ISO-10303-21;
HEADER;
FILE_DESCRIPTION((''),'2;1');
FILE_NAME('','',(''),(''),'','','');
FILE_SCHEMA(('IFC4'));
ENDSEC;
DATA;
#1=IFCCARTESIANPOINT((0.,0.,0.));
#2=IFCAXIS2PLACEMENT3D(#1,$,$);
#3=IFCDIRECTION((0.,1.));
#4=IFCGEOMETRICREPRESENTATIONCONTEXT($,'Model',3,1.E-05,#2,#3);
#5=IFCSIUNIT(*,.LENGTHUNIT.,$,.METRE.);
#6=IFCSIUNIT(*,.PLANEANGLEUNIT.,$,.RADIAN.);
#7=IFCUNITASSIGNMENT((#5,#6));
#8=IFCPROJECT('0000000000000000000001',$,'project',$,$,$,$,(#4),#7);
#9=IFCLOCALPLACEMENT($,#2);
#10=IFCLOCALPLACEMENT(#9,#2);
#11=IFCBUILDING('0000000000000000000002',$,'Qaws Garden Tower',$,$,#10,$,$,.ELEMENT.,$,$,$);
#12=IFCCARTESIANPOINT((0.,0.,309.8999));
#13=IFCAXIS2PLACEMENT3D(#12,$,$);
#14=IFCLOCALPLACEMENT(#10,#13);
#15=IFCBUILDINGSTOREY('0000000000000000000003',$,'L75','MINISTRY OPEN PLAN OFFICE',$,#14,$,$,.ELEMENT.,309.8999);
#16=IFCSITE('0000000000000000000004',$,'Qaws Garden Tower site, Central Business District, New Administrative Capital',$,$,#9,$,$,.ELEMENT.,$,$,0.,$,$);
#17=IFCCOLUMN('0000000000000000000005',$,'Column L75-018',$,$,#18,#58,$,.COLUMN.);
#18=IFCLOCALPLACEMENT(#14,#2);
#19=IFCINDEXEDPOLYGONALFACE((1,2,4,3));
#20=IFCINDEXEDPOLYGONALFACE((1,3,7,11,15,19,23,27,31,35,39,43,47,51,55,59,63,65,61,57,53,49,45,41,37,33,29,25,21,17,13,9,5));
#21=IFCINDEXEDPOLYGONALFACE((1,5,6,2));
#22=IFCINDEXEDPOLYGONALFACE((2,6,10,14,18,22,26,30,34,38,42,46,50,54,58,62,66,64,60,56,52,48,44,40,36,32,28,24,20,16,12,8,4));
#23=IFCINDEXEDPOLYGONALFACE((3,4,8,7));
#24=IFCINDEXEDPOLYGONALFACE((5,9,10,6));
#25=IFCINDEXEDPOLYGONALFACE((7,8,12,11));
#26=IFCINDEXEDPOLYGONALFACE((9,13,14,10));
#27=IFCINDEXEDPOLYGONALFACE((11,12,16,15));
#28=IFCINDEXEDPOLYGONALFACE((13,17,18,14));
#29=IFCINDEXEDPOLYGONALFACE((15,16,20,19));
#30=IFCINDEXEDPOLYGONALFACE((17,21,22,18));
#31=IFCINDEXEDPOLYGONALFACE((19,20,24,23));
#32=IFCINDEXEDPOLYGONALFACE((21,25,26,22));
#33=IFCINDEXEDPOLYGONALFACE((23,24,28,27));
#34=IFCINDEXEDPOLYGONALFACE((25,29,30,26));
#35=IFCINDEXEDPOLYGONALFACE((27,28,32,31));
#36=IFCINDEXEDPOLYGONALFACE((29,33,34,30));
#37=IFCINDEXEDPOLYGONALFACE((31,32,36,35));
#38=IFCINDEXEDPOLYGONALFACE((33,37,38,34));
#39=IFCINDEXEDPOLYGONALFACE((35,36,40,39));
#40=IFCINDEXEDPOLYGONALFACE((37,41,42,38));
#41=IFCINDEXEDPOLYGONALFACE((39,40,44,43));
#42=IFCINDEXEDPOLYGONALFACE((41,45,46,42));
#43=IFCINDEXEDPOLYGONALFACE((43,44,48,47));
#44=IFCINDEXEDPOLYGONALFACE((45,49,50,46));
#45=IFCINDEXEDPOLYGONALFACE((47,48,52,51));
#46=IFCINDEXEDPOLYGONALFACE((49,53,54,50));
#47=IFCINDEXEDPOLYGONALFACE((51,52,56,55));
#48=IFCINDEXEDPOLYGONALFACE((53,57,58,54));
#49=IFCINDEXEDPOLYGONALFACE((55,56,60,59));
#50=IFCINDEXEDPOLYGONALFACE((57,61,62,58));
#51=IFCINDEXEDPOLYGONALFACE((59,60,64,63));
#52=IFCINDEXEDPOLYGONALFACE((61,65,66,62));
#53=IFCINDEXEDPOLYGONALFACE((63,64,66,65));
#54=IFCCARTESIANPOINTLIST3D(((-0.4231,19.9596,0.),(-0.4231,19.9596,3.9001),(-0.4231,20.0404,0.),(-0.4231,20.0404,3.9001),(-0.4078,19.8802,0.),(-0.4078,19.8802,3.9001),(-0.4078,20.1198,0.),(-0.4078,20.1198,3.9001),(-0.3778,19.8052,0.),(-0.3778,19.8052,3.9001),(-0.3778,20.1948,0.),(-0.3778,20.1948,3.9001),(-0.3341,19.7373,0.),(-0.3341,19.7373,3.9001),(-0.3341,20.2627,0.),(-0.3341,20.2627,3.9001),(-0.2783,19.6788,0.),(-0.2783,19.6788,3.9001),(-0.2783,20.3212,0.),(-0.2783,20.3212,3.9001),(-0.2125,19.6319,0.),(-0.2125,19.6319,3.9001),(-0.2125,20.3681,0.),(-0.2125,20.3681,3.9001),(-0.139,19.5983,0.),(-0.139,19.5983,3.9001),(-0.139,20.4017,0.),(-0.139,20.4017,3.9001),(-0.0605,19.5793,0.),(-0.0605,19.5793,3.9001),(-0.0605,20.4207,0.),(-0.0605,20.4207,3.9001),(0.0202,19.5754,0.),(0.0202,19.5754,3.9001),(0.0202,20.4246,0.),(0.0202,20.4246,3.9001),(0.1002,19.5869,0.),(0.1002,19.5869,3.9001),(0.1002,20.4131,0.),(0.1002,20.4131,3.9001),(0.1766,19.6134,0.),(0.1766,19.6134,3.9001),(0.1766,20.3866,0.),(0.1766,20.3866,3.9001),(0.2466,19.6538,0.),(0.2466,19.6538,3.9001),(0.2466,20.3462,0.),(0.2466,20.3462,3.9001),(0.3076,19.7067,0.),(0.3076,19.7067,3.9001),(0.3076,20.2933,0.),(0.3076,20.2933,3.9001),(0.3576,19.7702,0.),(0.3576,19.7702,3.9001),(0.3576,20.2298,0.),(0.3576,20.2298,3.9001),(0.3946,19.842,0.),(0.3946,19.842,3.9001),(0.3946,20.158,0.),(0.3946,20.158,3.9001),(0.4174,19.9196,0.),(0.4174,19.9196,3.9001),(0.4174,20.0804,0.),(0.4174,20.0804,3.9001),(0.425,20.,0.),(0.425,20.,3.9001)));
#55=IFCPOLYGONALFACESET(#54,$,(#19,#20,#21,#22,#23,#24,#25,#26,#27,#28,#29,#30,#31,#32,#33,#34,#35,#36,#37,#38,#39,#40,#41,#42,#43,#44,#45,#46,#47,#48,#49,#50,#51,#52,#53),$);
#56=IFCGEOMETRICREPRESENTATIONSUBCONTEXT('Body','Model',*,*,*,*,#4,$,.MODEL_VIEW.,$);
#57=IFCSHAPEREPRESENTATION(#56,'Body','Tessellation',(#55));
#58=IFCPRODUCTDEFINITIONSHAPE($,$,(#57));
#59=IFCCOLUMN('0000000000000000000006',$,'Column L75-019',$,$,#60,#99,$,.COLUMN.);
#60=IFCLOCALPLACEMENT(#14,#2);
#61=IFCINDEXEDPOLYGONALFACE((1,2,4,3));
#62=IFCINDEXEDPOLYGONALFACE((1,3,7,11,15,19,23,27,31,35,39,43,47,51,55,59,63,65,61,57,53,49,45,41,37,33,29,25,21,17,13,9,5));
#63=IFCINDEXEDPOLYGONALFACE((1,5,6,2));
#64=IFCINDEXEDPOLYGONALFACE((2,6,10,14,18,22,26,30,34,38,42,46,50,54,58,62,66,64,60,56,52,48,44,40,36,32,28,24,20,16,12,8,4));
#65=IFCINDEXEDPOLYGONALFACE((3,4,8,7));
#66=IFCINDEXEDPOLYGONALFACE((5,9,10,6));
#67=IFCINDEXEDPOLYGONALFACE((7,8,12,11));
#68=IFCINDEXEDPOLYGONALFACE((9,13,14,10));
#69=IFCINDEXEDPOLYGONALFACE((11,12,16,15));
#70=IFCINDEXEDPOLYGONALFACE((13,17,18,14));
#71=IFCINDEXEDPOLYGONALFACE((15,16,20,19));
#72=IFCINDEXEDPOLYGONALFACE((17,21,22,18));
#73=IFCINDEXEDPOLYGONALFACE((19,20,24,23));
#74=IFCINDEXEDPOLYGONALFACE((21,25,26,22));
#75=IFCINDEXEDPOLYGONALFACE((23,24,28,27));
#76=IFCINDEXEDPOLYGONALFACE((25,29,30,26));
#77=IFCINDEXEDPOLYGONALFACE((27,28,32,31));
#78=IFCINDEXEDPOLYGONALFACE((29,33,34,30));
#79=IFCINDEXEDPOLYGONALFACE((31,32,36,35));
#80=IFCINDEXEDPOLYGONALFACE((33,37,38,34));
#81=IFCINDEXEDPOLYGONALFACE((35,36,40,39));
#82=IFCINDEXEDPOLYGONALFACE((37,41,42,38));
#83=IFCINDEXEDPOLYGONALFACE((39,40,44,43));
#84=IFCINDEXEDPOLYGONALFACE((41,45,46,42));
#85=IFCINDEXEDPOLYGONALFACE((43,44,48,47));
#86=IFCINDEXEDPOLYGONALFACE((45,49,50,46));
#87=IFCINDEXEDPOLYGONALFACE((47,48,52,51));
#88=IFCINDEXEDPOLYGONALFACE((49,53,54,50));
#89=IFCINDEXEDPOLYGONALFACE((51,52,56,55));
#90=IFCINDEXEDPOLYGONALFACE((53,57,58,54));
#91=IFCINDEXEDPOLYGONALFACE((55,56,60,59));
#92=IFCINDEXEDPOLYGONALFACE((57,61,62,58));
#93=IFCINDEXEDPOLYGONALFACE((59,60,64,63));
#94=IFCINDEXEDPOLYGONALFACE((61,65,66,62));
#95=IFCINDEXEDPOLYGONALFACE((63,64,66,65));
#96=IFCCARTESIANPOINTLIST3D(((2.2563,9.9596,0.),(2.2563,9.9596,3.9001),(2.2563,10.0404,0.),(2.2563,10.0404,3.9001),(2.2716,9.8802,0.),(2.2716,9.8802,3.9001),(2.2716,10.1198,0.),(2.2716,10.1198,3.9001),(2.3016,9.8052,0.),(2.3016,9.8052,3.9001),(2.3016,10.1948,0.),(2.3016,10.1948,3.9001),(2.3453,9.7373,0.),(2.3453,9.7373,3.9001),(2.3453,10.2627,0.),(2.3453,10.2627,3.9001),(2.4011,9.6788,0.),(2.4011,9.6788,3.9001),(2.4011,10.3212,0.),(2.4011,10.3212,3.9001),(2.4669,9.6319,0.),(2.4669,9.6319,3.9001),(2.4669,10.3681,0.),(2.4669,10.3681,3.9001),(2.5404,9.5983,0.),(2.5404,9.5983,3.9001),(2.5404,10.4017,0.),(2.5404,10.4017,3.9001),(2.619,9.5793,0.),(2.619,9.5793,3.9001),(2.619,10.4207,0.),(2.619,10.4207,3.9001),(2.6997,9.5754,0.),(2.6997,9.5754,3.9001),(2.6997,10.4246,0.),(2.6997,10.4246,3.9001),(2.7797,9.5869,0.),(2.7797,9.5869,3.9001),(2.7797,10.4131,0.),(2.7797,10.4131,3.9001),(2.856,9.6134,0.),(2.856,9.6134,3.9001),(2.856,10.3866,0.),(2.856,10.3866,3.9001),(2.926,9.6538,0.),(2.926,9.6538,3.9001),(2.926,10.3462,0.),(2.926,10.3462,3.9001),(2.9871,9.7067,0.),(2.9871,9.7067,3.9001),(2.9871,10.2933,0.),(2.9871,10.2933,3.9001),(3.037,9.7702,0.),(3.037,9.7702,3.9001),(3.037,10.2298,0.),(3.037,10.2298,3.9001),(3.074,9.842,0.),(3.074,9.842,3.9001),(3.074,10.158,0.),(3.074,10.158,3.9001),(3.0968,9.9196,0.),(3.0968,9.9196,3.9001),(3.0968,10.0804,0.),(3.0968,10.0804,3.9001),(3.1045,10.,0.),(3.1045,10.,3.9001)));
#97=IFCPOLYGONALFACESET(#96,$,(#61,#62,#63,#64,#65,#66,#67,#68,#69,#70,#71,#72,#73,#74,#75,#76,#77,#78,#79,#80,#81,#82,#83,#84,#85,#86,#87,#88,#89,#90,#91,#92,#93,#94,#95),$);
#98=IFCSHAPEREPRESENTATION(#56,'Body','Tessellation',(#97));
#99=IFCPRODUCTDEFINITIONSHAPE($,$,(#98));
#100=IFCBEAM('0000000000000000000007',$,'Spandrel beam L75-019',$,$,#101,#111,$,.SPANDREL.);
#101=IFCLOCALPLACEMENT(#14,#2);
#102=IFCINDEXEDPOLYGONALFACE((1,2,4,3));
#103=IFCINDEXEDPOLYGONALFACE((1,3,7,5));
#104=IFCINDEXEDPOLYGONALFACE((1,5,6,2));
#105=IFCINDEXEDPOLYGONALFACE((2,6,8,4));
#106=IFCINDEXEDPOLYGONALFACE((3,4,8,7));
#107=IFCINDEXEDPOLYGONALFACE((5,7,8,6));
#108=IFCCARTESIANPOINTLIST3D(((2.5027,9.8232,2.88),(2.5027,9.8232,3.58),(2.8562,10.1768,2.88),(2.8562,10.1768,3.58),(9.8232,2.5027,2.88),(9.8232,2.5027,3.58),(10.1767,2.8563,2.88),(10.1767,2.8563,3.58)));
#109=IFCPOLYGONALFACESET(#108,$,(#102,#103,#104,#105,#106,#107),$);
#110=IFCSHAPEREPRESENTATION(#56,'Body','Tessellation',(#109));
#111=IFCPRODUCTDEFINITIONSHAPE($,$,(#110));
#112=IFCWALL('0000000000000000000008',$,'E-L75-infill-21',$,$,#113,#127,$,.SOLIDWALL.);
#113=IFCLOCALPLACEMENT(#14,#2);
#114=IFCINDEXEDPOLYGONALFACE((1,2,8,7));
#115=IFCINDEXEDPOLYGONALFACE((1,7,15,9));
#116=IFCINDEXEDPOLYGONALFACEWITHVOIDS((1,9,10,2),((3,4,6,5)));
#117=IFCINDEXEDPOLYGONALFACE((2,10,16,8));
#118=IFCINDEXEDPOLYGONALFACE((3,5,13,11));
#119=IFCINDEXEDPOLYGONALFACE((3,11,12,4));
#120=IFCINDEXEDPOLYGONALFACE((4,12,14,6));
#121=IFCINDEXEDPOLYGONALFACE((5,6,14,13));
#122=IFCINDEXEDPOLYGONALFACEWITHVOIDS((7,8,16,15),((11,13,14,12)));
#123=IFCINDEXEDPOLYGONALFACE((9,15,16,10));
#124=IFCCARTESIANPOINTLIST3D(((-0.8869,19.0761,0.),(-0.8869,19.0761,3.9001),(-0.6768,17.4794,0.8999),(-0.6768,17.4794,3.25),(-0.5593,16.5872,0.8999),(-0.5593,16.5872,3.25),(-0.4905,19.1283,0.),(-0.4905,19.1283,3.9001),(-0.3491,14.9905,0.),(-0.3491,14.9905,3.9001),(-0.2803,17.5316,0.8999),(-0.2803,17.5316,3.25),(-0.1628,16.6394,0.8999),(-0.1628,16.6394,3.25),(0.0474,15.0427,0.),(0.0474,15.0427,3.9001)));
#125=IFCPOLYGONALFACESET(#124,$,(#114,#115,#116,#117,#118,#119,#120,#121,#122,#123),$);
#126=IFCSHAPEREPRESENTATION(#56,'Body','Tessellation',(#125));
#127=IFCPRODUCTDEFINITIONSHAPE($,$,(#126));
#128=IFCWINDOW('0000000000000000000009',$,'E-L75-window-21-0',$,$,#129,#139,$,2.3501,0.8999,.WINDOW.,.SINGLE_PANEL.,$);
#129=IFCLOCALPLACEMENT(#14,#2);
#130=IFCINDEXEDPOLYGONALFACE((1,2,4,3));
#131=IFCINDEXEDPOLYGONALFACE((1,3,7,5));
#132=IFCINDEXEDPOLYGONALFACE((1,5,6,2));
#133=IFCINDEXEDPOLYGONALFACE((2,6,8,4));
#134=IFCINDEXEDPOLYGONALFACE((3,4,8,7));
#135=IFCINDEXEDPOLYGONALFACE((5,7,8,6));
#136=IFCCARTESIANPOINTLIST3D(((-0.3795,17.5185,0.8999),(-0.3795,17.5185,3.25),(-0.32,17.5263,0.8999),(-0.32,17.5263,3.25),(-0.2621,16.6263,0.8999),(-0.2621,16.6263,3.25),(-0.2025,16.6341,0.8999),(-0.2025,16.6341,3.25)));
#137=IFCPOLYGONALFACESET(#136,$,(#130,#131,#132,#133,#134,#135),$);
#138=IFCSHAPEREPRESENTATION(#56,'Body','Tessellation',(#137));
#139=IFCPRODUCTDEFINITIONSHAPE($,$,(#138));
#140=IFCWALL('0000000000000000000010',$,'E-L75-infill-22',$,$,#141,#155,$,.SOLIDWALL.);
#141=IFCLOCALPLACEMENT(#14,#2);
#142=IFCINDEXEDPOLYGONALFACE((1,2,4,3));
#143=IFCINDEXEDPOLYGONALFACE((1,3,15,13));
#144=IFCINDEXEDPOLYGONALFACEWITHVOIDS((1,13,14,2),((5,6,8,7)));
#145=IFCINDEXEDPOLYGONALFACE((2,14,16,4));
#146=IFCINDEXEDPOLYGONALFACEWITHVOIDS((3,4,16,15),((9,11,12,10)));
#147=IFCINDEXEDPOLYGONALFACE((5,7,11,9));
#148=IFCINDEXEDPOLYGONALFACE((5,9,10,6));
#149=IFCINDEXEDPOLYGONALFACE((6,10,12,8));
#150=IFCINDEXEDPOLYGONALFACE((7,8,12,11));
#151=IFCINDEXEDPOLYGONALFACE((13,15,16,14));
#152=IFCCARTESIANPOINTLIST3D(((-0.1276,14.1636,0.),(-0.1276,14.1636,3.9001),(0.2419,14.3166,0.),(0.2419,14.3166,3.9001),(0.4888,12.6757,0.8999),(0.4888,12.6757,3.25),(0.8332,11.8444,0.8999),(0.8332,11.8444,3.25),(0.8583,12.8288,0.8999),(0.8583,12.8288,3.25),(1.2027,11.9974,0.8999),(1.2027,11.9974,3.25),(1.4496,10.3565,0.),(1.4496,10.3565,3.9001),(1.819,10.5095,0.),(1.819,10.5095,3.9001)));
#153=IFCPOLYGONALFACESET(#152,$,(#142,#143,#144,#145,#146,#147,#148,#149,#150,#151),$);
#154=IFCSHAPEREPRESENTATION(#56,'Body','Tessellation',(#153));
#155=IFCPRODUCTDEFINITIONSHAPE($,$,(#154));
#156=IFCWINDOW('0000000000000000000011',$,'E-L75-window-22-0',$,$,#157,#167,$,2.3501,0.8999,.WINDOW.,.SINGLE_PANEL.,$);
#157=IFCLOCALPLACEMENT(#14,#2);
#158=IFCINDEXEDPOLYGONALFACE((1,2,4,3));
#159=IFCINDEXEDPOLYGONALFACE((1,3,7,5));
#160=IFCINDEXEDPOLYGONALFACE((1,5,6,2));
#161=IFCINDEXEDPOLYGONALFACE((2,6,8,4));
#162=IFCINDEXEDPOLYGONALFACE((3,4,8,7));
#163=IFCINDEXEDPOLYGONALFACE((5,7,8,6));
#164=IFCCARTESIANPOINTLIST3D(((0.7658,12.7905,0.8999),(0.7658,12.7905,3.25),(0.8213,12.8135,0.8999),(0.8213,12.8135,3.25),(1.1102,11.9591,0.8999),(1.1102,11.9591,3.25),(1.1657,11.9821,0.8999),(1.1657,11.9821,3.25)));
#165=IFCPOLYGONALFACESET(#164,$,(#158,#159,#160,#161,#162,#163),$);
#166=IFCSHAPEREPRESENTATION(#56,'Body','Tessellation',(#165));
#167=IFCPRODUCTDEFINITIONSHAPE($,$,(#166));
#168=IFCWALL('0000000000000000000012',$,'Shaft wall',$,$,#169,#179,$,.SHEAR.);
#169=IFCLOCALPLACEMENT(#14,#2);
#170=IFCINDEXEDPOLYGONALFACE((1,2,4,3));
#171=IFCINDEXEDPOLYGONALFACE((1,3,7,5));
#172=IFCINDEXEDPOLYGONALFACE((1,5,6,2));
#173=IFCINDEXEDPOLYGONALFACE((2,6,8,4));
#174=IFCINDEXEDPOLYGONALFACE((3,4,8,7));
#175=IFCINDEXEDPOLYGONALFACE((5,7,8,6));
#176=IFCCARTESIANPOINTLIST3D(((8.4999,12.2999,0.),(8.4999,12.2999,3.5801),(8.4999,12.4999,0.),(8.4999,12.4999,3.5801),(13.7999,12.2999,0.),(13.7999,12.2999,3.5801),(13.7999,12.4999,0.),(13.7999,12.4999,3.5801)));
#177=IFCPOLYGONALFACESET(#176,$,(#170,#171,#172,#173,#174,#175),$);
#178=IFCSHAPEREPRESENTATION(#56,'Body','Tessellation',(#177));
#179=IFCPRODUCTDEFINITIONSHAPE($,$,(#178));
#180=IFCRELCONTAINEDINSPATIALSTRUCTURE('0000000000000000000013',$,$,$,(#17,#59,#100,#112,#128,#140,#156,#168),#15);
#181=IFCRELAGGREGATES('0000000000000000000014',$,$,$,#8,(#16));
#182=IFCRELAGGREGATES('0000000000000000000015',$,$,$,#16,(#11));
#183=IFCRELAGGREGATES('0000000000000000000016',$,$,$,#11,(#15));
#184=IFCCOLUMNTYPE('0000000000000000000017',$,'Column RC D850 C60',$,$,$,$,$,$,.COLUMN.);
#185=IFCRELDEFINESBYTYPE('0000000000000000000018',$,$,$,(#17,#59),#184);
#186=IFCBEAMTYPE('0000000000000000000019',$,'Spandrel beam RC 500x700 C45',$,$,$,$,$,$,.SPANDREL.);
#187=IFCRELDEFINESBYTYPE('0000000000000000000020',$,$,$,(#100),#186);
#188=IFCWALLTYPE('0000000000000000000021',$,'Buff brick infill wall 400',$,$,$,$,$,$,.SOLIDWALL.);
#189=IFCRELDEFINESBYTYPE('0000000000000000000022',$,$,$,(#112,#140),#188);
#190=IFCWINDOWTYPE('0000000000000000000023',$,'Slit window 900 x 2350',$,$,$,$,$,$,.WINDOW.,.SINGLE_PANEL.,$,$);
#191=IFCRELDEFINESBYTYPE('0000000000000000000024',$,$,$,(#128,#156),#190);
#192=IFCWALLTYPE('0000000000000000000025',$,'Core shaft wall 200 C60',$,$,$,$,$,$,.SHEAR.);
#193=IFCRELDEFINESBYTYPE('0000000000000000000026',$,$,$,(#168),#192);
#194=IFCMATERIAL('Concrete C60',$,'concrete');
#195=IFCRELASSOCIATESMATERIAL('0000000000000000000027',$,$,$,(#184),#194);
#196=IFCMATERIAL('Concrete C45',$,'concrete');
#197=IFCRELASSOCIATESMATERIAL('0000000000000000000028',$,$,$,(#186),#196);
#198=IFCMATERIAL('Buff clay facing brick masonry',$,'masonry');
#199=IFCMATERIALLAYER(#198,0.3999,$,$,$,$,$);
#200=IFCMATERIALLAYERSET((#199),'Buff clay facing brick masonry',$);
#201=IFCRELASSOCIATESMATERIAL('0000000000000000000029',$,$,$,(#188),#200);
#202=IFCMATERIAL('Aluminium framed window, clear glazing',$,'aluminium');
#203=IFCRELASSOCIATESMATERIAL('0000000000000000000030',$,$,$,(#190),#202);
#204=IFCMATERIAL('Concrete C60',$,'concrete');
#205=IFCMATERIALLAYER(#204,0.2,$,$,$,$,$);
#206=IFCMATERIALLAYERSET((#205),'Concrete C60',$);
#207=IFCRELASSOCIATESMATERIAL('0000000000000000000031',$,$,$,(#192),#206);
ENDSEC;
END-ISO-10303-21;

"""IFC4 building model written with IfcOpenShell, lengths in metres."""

from ifc_helpers import new_model, si_unit, direction, frame, frame_2d, origin, origin_2d, place, context, subcontext, project, spatial, rectangle, circle, extrude, material, layer, layer_set, material_profile, profile_set, type_object, element, fill, save


model = new_model("IFC4")

# Units and contexts
model_context = context("Model", 3, precision=1e-05, world=origin(), true_north=direction((0.0, 1.0)))
body_context = subcontext(model_context, "Body", "Model", "MODEL_VIEW")
ifc_project = project(units=[si_unit("LENGTHUNIT", "METRE"), si_unit("PLANEANGLEUNIT", "RADIAN")], contexts=[model_context])

# Site, building, storey
site_placement = place(None, origin())
site = spatial("IfcSite", under=ifc_project, at=site_placement, Name="Qaws Garden Tower site, Central Business District, New Administrative Capital", CompositionType="ELEMENT", RefElevation=0.0)
building_placement = place(site_placement, origin())
building = spatial("IfcBuilding", under=site, at=building_placement, Name="Qaws Garden Tower", CompositionType="ELEMENT")
storey_placement = place(building_placement, frame((0.0, 0.0, 309.8999)))
storey = spatial("IfcBuildingStorey", under=building, at=storey_placement, Name="L75", Description="MINISTRY OPEN PLAN OFFICE", CompositionType="ELEMENT", Elevation=309.8999)

# Columns
ifc_material_1 = material(Name="Concrete C60", Category="concrete")
ifc_material_profile_1 = material_profile(ifc_material_1, circle(Radius=0.425, at=origin_2d()), Name="RC D850")
ifc_profile_set_1 = profile_set([ifc_material_profile_1], Name="Concrete C60")
column_type = type_object("IfcColumnType", Name="Column RC D850 C60", PredefinedType="COLUMN", material=ifc_profile_set_1)
for number, where, z_axis, x_axis, name in (
    (1, (0.0, 20.0, 0.0), (0.0, 0.0, 1.0), (1.0, 0.0, 0.0), "Column L75-018"),
    (2, (2.6794, 10.0, 0.0), (0.0, 0.0, 1.0), (1.0, 0.0, 0.0), "Column L75-019"),
):
    element("IfcColumn", number, at=place(storey_placement, frame(where, z_axis=z_axis, x_axis=x_axis)), inside=storey, type_object=column_type, Name=name, PredefinedType="COLUMN", context=body_context, shape_type="SweptSolid", body=[
        extrude(circle(Radius=0.425, at=origin_2d()), origin(), (0.0, 0.0, 1.0), 3.9001),
    ])

# Beam
ifc_material_2 = material(Name="Concrete C45", Category="concrete")
ifc_material_profile_2 = material_profile(ifc_material_2, rectangle(XDim=0.5, YDim=0.7, at=origin_2d()), Name="RC 500x700")
ifc_profile_set_2 = profile_set([ifc_material_profile_2], Name="Concrete C45")
beam_type = type_object("IfcBeamType", Name="Spandrel beam RC 500x700 C45", PredefinedType="SPANDREL", material=ifc_profile_set_2)
beam_placement = place(storey_placement, frame((2.6794, 10.0, 3.23), z_axis=(0.707107, -0.707107, 0.0), x_axis=(0.707107, 0.707107, 0.0)))
element("IfcBeam", 3, at=beam_placement, inside=storey, type_object=beam_type, Name="Spandrel beam L75-019", PredefinedType="SPANDREL", context=body_context, shape_type="SweptSolid", body=[
    extrude(rectangle(XDim=0.5, YDim=0.7, at=origin_2d()), origin(), (0.0, 0.0, 1.0), 10.3528),
])

# Walls, openings, windows
ifc_material_3 = material(Name="Buff clay facing brick masonry", Category="masonry")
ifc_layer_1 = layer(ifc_material_3, 0.3999)
ifc_layer_set_1 = layer_set([ifc_layer_1], Name="Buff clay facing brick masonry")
wall_type_1 = type_object("IfcWallType", Name="Buff brick infill wall 400", PredefinedType="SOLIDWALL", material=ifc_layer_set_1)
wall_1_placement = place(storey_placement, frame((-0.6887, 19.1023, 0.0), z_axis=(0.0, 0.0, 1.0), x_axis=(0.130514, -0.991446, 0.0)))
wall_1 = element("IfcWall", 4, at=wall_1_placement, inside=storey, type_object=wall_type_1, Name="E-L75-infill-21", PredefinedType="SOLIDWALL", context=body_context, shape_type="SweptSolid", body=[
    extrude(rectangle(XDim=4.1208, YDim=0.3999, at=frame_2d((2.0605, 0.0))), origin(), (0.0, 0.0, 1.0), 3.9001),
])
opening_1_placement = place(wall_1_placement, frame((1.6106, 0.0, 0.8999)))
opening_1 = element("IfcOpeningElement", 5, at=opening_1_placement, cuts=wall_1, PredefinedType="OPENING", context=body_context, shape_type="SweptSolid", body=[
    extrude(rectangle(XDim=0.8999, YDim=2.3501, at=frame_2d((0.45, 1.175))), frame((0.0, 0.21, 0.0), z_axis=(0.0, -1.0, 0.0), x_axis=(1.0, 0.0, 0.0)), (0.0, 0.0, 1.0), 0.4199),
])
ifc_material_4 = material(Name="Aluminium framed window, clear glazing", Category="aluminium")
window_type = type_object("IfcWindowType", Name="Slit window 900 x 2350", PartitioningType="SINGLE_PANEL", PredefinedType="WINDOW", material=ifc_material_4)
window_1_placement = place(opening_1_placement, origin())
window_1 = element("IfcWindow", 6, at=window_1_placement, inside=storey, type_object=window_type, Name="E-L75-window-21-0", OverallHeight=2.3501, OverallWidth=0.8999, PartitioningType="SINGLE_PANEL", PredefinedType="WINDOW", context=body_context, shape_type="SweptSolid", body=[
    extrude(rectangle(XDim=0.8999, YDim=2.3501, at=frame_2d((0.45, 1.175))), frame((0.0, 0.1599, 0.0), z_axis=(0.0, -1.0, 0.0), x_axis=(1.0, 0.0, 0.0)), (0.0, 0.0, 1.0), 0.0601),
])
fill(opening_1, window_1)
wall_2_placement = place(storey_placement, frame((0.0571, 14.2402, 0.0), z_axis=(0.0, 0.0, 1.0), x_axis=(0.382722, -0.923864, 0.0)))
wall_2 = element("IfcWall", 7, at=wall_2_placement, inside=storey, type_object=wall_type_1, Name="E-L75-infill-22", PredefinedType="SOLIDWALL", context=body_context, shape_type="SweptSolid", body=[
    extrude(rectangle(XDim=4.1208, YDim=0.3999, at=frame_2d((2.0605, 0.0))), origin(), (0.0, 0.0, 1.0), 3.9001),
])
opening_2_placement = place(wall_2_placement, frame((1.6106, 0.0, 0.8999)))
opening_2 = element("IfcOpeningElement", 8, at=opening_2_placement, cuts=wall_2, PredefinedType="OPENING", context=body_context, shape_type="SweptSolid", body=[
    extrude(rectangle(XDim=0.8999, YDim=2.3501, at=frame_2d((0.45, 1.175))), frame((0.0, 0.21, 0.0), z_axis=(0.0, -1.0, 0.0), x_axis=(1.0, 0.0, 0.0)), (0.0, 0.0, 1.0), 0.4199),
])
window_2_placement = place(opening_2_placement, origin())
window_2 = element("IfcWindow", 9, at=window_2_placement, inside=storey, type_object=window_type, Name="E-L75-window-22-0", OverallHeight=2.3501, OverallWidth=0.8999, PartitioningType="SINGLE_PANEL", PredefinedType="WINDOW", context=body_context, shape_type="SweptSolid", body=[
    extrude(rectangle(XDim=0.8999, YDim=2.3501, at=frame_2d((0.45, 1.175))), frame((0.0, 0.1599, 0.0), z_axis=(0.0, -1.0, 0.0), x_axis=(1.0, 0.0, 0.0)), (0.0, 0.0, 1.0), 0.0601),
])
fill(opening_2, window_2)

# Wall
ifc_material_5 = material(Name="Concrete C60", Category="concrete")
ifc_layer_2 = layer(ifc_material_5, 0.2)
ifc_layer_set_2 = layer_set([ifc_layer_2], Name="Concrete C60")
wall_type_2 = type_object("IfcWallType", Name="Core shaft wall 200 C60", PredefinedType="SHEAR", material=ifc_layer_set_2)
wall_3_placement = place(storey_placement, frame((8.5, 12.3999, 0.0), z_axis=(0.0, 0.0, 1.0), x_axis=(1.0, 0.0, 0.0)))
element("IfcWall", 10, at=wall_3_placement, inside=storey, type_object=wall_type_2, Name="Shaft wall", PredefinedType="SHEAR", context=body_context, shape_type="SweptSolid", body=[
    extrude(rectangle(XDim=5.3, YDim=0.2, at=frame_2d((2.6499, 0.0))), origin(), (0.0, 0.0, 1.0), 3.5801),
])

save(model, "model.ifc")
